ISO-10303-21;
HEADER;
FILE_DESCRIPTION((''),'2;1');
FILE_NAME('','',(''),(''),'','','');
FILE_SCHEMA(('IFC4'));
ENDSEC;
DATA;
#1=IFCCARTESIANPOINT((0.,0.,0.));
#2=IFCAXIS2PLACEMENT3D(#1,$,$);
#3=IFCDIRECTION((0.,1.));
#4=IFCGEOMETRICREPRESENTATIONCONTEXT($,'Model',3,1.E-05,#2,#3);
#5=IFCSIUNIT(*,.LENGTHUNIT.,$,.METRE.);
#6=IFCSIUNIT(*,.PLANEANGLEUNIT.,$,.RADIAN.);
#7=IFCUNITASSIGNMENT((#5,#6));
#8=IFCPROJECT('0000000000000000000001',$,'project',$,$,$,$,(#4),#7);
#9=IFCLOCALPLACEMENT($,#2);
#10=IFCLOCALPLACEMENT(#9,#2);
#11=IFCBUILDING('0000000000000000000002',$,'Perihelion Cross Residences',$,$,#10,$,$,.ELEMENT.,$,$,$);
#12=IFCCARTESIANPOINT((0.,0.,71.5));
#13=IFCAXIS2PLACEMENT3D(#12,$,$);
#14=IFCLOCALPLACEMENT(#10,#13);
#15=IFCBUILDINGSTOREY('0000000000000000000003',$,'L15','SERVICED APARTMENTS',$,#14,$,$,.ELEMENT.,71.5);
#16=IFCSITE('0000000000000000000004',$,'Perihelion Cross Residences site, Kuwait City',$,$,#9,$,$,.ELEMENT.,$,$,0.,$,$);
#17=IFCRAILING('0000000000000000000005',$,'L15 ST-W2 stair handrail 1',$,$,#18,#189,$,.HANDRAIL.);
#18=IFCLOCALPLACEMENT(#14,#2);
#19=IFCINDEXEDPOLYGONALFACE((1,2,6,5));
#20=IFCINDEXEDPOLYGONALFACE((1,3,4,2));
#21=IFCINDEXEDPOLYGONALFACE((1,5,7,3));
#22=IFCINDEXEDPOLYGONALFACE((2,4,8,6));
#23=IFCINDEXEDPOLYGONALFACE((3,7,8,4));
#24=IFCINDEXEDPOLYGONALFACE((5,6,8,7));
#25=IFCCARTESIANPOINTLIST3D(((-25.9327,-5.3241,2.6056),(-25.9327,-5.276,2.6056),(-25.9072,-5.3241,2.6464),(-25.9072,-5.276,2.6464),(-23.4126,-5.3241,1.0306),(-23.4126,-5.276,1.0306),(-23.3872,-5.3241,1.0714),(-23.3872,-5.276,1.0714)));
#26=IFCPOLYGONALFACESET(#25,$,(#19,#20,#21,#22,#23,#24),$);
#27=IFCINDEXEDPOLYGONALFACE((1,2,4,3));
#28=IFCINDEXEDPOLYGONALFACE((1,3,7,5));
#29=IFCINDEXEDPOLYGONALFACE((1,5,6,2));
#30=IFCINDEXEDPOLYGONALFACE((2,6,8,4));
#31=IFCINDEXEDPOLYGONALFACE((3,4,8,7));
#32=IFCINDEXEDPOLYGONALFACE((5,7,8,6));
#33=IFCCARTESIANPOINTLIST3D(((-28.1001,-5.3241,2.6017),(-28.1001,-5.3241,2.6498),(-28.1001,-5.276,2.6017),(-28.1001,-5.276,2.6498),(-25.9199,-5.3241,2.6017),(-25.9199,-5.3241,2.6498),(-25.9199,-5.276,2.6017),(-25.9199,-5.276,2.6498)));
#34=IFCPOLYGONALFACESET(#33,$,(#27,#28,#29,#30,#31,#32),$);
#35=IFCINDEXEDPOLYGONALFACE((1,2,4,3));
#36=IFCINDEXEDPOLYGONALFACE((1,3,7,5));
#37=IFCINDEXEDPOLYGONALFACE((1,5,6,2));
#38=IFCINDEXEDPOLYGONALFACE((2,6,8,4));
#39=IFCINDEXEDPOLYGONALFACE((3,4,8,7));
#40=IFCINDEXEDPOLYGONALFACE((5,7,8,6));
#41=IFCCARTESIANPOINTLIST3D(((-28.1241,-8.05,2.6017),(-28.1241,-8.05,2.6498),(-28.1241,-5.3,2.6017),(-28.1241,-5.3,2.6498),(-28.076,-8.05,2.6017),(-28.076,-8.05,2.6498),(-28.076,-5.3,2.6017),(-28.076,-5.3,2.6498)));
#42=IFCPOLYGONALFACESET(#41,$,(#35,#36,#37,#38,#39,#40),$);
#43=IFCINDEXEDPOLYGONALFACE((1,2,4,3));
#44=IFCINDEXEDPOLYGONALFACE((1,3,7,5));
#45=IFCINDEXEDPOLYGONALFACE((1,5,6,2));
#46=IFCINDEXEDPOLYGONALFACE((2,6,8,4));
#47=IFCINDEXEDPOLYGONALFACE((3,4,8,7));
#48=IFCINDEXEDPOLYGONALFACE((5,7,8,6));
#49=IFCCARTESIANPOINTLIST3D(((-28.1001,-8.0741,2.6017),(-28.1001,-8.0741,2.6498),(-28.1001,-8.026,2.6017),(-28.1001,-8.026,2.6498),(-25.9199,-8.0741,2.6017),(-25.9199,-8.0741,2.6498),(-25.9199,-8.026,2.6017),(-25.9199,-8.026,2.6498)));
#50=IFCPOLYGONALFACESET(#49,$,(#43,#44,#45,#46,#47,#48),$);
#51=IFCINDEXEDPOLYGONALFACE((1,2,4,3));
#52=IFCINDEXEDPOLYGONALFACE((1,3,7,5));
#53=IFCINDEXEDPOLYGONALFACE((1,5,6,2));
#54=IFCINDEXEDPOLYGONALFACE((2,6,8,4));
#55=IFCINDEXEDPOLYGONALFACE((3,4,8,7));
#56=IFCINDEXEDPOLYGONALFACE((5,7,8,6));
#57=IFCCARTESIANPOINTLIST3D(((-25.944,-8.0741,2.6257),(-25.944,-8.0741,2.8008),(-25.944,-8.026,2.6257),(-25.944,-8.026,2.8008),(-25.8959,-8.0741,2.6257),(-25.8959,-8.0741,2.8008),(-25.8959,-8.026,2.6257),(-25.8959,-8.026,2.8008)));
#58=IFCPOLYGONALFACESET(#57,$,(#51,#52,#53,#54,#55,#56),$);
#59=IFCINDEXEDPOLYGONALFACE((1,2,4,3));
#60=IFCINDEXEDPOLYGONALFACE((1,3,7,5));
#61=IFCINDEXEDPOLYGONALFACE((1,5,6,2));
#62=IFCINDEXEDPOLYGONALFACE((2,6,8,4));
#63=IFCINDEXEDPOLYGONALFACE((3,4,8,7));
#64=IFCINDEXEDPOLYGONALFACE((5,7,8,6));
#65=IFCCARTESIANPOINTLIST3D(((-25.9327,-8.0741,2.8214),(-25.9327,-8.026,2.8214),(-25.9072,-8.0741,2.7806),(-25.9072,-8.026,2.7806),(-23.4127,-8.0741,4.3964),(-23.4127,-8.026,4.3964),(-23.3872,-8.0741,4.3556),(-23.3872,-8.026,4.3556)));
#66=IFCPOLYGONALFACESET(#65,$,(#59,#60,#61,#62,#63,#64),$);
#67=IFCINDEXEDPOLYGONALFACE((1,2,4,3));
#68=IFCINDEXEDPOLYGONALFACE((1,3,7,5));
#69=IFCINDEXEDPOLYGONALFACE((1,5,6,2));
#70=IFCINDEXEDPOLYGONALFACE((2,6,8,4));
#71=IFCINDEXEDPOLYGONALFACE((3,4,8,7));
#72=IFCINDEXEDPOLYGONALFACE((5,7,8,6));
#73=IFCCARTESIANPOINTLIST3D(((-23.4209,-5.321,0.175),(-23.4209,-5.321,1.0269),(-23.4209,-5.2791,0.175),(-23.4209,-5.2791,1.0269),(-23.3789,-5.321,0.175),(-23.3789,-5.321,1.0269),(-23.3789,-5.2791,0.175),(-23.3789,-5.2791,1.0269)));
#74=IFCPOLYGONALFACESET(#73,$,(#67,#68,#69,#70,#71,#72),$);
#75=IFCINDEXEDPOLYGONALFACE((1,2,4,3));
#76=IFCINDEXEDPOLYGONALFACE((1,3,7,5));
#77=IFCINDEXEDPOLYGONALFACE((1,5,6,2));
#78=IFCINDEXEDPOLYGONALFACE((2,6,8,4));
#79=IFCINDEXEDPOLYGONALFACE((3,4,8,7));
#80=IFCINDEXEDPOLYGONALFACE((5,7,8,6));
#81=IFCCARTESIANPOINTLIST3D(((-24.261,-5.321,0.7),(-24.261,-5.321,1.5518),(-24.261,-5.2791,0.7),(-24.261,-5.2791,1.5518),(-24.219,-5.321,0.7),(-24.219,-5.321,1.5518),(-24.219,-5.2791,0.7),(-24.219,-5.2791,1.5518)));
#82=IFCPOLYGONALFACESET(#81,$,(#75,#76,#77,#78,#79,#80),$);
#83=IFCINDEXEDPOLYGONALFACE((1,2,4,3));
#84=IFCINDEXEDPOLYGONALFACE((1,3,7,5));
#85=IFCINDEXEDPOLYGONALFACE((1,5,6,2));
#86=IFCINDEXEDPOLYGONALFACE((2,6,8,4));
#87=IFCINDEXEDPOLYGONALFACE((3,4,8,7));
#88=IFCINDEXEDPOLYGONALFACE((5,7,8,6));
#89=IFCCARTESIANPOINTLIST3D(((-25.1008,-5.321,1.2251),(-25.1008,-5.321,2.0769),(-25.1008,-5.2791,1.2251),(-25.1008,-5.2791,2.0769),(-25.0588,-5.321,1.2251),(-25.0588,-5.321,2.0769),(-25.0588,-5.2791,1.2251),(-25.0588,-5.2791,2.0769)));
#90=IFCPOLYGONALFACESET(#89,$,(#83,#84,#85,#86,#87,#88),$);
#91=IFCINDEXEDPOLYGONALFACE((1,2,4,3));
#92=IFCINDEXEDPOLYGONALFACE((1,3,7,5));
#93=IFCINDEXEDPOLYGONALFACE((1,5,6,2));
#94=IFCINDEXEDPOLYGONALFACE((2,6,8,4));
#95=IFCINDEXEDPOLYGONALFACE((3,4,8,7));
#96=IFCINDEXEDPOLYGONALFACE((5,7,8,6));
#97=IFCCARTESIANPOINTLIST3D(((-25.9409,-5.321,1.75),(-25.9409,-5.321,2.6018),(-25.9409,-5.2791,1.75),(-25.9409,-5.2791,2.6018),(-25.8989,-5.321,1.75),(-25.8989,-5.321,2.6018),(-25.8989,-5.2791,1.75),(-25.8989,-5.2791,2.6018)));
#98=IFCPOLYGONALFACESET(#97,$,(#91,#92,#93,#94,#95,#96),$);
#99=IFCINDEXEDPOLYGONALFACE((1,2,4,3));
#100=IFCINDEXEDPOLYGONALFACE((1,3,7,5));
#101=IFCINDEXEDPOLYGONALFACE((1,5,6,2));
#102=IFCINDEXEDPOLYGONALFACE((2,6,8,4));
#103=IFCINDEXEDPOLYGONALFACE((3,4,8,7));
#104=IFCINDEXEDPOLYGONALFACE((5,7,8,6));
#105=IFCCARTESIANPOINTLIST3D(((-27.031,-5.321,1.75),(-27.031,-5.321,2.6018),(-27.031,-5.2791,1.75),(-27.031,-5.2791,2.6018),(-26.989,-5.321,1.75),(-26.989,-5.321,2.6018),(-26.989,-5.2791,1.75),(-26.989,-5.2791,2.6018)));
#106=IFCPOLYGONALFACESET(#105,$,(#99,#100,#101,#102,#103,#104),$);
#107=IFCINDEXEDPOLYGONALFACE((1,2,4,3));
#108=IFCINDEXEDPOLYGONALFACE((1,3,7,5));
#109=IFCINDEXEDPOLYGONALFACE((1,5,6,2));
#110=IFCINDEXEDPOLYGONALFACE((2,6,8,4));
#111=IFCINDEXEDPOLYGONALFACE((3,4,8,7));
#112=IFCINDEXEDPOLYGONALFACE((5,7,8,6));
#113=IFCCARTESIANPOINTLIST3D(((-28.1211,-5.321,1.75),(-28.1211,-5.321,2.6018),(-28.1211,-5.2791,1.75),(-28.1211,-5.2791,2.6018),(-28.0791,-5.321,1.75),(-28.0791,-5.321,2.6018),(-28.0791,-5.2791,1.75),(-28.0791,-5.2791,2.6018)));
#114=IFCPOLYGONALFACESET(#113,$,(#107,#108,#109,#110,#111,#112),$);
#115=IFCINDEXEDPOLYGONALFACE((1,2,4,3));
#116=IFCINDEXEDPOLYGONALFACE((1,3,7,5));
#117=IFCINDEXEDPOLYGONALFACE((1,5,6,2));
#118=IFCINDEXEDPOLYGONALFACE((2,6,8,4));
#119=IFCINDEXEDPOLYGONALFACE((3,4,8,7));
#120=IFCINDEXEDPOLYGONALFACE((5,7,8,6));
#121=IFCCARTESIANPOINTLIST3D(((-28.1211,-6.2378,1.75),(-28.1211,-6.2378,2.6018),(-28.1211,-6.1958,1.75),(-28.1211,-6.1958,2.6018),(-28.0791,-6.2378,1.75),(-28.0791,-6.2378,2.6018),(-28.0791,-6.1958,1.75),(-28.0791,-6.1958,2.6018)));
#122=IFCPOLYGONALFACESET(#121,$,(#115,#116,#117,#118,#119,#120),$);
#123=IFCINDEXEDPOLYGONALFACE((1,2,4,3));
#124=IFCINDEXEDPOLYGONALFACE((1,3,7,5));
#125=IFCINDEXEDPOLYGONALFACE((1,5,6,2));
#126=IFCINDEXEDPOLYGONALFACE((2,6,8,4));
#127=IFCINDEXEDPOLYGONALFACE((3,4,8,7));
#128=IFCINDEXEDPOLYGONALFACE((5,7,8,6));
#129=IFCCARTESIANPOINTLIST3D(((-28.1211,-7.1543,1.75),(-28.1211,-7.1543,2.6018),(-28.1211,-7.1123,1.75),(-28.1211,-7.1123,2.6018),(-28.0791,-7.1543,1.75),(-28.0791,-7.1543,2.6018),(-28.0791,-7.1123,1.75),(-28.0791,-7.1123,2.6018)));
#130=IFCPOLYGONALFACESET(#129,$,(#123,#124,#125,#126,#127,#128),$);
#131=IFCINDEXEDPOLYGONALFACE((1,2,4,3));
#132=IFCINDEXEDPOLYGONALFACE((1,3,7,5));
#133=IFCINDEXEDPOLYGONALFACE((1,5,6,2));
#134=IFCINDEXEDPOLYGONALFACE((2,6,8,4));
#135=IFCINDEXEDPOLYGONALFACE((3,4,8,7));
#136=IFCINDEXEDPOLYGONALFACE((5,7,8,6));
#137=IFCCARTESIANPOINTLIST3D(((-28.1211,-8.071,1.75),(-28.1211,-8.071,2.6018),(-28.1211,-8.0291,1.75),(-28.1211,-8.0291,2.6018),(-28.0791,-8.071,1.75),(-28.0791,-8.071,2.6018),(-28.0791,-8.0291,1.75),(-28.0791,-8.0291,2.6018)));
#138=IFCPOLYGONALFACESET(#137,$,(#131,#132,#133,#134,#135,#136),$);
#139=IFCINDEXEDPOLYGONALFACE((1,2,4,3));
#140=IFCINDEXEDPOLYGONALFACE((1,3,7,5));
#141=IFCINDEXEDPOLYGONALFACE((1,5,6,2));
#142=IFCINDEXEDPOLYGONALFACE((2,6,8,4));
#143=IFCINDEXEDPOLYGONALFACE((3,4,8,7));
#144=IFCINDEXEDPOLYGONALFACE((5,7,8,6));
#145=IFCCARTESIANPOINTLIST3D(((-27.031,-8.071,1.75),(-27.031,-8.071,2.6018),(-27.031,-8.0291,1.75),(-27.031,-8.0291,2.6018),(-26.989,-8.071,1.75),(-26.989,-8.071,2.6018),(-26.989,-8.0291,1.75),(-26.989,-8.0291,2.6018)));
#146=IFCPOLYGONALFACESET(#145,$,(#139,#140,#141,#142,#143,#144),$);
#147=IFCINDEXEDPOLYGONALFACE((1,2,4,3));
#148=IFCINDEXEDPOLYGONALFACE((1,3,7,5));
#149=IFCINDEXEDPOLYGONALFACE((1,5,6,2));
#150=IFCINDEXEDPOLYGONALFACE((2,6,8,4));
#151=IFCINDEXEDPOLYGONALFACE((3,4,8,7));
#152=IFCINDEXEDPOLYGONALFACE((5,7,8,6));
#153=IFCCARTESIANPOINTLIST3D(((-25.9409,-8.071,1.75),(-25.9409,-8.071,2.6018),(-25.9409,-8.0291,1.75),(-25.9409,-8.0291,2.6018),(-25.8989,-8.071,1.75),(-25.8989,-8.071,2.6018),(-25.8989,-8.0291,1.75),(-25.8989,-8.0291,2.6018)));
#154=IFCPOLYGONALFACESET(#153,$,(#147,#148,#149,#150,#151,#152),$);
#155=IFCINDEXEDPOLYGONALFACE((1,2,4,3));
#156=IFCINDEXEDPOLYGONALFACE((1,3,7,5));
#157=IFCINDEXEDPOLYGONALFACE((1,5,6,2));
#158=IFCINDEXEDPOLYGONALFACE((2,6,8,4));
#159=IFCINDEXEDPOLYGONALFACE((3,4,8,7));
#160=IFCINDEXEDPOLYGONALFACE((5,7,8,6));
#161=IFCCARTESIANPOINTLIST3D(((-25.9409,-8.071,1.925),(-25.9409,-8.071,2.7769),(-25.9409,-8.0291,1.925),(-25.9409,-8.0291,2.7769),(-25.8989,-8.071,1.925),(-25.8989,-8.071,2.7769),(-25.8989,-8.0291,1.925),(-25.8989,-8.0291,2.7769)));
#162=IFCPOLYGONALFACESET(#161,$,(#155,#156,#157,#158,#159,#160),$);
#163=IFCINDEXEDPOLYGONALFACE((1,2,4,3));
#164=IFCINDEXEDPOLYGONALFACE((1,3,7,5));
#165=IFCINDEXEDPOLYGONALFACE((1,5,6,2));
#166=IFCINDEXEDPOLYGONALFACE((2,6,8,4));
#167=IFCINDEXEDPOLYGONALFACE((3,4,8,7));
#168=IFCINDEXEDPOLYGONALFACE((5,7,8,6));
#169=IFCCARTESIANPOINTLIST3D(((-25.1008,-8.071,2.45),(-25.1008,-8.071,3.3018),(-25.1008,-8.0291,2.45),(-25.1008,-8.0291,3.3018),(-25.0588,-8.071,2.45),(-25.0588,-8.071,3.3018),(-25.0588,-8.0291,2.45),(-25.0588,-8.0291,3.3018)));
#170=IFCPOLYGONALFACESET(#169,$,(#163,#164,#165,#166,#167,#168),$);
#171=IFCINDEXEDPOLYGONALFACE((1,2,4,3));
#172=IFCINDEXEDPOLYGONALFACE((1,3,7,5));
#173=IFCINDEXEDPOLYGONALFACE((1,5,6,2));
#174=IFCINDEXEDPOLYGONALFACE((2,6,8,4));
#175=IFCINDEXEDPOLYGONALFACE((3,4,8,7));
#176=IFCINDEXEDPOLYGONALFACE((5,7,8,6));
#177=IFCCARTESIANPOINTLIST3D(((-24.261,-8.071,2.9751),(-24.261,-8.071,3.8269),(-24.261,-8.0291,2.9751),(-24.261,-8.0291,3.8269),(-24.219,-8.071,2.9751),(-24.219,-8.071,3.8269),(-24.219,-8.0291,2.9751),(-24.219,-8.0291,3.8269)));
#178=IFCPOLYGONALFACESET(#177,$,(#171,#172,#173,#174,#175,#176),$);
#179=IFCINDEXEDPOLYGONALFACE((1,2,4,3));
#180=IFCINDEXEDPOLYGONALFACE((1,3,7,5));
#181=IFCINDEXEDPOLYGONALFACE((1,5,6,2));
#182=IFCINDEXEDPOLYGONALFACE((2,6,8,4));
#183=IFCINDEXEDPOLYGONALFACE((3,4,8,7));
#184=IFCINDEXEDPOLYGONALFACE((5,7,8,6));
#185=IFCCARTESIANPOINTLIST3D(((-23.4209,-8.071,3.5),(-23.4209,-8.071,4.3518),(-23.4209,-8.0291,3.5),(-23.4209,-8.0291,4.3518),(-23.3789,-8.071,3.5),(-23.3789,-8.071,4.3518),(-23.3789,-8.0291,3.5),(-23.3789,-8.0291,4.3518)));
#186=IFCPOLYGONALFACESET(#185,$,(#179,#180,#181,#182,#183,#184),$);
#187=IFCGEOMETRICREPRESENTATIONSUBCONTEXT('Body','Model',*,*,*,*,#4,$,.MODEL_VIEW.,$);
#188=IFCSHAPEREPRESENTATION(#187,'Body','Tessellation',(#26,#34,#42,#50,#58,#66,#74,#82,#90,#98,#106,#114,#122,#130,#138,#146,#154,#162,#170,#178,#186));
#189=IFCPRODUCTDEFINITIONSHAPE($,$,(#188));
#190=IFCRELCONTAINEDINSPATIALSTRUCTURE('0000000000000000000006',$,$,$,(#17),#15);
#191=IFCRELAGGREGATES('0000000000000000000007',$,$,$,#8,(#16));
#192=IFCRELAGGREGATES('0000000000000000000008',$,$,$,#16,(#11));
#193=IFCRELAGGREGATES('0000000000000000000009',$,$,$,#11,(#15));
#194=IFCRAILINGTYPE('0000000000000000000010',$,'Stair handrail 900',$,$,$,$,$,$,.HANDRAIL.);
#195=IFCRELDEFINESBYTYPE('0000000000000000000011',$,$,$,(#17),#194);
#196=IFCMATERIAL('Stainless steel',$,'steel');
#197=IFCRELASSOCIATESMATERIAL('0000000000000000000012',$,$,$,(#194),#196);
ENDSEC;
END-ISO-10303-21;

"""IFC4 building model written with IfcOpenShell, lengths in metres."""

from ifc_helpers import new_model, si_unit, direction, frame, origin, origin_2d, place, context, subcontext, project, spatial, rectangle, extrude, material, type_object, element, save


model = new_model("IFC4")

# Units and contexts
model_context = context("Model", 3, precision=1e-05, world=origin(), true_north=direction((0.0, 1.0)))
body_context = subcontext(model_context, "Body", "Model", "MODEL_VIEW")
ifc_project = project(units=[si_unit("LENGTHUNIT", "METRE"), si_unit("PLANEANGLEUNIT", "RADIAN")], contexts=[model_context])

# Site, building, storey
site_placement = place(None, origin())
site = spatial("IfcSite", under=ifc_project, at=site_placement, Name="Perihelion Cross Residences site, Kuwait City", CompositionType="ELEMENT", RefElevation=0.0)
building_placement = place(site_placement, origin())
building = spatial("IfcBuilding", under=site, at=building_placement, Name="Perihelion Cross Residences", CompositionType="ELEMENT")
storey_placement = place(building_placement, frame((0.0, 0.0, 71.5)))
storey = spatial("IfcBuildingStorey", under=building, at=storey_placement, Name="L15", Description="SERVICED APARTMENTS", CompositionType="ELEMENT", Elevation=71.5)

# Railing
ifc_material_1 = material(Name="Stainless steel", Category="steel")
railing_type_1 = type_object("IfcRailingType", Name="Stair handrail 900", PredefinedType="HANDRAIL", material=ifc_material_1)
railing_1_placement = place(storey_placement, frame((-23.3999, -5.3, 0.175)))
element("IfcRailing", 1, at=railing_1_placement, inside=storey, type_object=railing_type_1, Name="L15 ST-W2 stair handrail 1", PredefinedType="HANDRAIL", context=body_context, shape_type="SweptSolid", body=[
    extrude(rectangle(XDim=0.0481, YDim=0.0481, at=origin_2d()), frame((0.0, 0.0, 0.876), z_axis=(-0.848008, 0.0, 0.529984), x_axis=(0.0, -1.0, 0.0)), (0.0, 0.0, 1.0), 2.9717),
    extrude(rectangle(XDim=0.0481, YDim=0.0481, at=origin_2d()), frame((-2.52, 0.0, 2.4507), z_axis=(-1.0, 0.0, 0.0), x_axis=(0.0, -1.0, 0.0)), (0.0, 0.0, 1.0), 2.1802),
    extrude(rectangle(XDim=0.0481, YDim=0.0481, at=origin_2d()), frame((-4.7002, 0.0, 2.4507), z_axis=(0.0, -1.0, 0.0), x_axis=(1.0, 0.0, 0.0)), (0.0, 0.0, 1.0), 2.75),
    extrude(rectangle(XDim=0.0481, YDim=0.0481, at=origin_2d()), frame((-4.7002, -2.75, 2.4507), z_axis=(1.0, 0.0, 0.0), x_axis=(0.0, 1.0, 0.0)), (0.0, 0.0, 1.0), 2.1802),
    extrude(rectangle(XDim=0.0481, YDim=0.0481, at=origin_2d()), frame((-2.52, -2.75, 2.4507), z_axis=(0.0, 0.0, 1.0), x_axis=(1.0, 0.0, 0.0)), (0.0, 0.0, 1.0), 0.175),
    extrude(rectangle(XDim=0.0481, YDim=0.0481, at=origin_2d()), frame((-2.52, -2.75, 2.626), z_axis=(0.848008, 0.0, 0.529984), x_axis=(0.0, 1.0, 0.0)), (0.0, 0.0, 1.0), 2.9717),
    extrude(rectangle(XDim=0.042, YDim=0.042, at=origin_2d()), origin(), (0.0, 0.0, 1.0), 0.8518),
    extrude(rectangle(XDim=0.042, YDim=0.042, at=origin_2d()), frame((-0.8401, 0.0, 0.5249)), (0.0, 0.0, 1.0), 0.8518),
    extrude(rectangle(XDim=0.042, YDim=0.042, at=origin_2d()), frame((-1.6799, 0.0, 1.05)), (0.0, 0.0, 1.0), 0.8518),
    extrude(rectangle(XDim=0.042, YDim=0.042, at=origin_2d()), frame((-2.52, 0.0, 1.575)), (0.0, 0.0, 1.0), 0.8518),
    extrude(rectangle(XDim=0.042, YDim=0.042, at=origin_2d()), frame((-3.6101, 0.0, 1.575)), (0.0, 0.0, 1.0), 0.8518),
    extrude(rectangle(XDim=0.042, YDim=0.042, at=origin_2d()), frame((-4.7002, 0.0, 1.575)), (0.0, 0.0, 1.0), 0.8518),
    extrude(rectangle(XDim=0.042, YDim=0.042, at=origin_2d()), frame((-4.7002, -0.9167, 1.575)), (0.0, 0.0, 1.0), 0.8518),
    extrude(rectangle(XDim=0.042, YDim=0.042, at=origin_2d()), frame((-4.7002, -1.8333, 1.575)), (0.0, 0.0, 1.0), 0.8518),
    extrude(rectangle(XDim=0.042, YDim=0.042, at=origin_2d()), frame((-4.7002, -2.75, 1.575)), (0.0, 0.0, 1.0), 0.8518),
    extrude(rectangle(XDim=0.042, YDim=0.042, at=origin_2d()), frame((-3.6101, -2.75, 1.575)), (0.0, 0.0, 1.0), 0.8518),
    extrude(rectangle(XDim=0.042, YDim=0.042, at=origin_2d()), frame((-2.52, -2.75, 1.575)), (0.0, 0.0, 1.0), 0.8518),
    extrude(rectangle(XDim=0.042, YDim=0.042, at=origin_2d()), frame((-2.52, -2.75, 1.75)), (0.0, 0.0, 1.0), 0.8518),
    extrude(rectangle(XDim=0.042, YDim=0.042, at=origin_2d()), frame((-1.6799, -2.75, 2.2749)), (0.0, 0.0, 1.0), 0.8518),
    extrude(rectangle(XDim=0.042, YDim=0.042, at=origin_2d()), frame((-0.8401, -2.75, 2.8)), (0.0, 0.0, 1.0), 0.8518),
    extrude(rectangle(XDim=0.042, YDim=0.042, at=origin_2d()), frame((0.0, -2.75, 3.325)), (0.0, 0.0, 1.0), 0.8518),
])

save(model, "model.ifc")
